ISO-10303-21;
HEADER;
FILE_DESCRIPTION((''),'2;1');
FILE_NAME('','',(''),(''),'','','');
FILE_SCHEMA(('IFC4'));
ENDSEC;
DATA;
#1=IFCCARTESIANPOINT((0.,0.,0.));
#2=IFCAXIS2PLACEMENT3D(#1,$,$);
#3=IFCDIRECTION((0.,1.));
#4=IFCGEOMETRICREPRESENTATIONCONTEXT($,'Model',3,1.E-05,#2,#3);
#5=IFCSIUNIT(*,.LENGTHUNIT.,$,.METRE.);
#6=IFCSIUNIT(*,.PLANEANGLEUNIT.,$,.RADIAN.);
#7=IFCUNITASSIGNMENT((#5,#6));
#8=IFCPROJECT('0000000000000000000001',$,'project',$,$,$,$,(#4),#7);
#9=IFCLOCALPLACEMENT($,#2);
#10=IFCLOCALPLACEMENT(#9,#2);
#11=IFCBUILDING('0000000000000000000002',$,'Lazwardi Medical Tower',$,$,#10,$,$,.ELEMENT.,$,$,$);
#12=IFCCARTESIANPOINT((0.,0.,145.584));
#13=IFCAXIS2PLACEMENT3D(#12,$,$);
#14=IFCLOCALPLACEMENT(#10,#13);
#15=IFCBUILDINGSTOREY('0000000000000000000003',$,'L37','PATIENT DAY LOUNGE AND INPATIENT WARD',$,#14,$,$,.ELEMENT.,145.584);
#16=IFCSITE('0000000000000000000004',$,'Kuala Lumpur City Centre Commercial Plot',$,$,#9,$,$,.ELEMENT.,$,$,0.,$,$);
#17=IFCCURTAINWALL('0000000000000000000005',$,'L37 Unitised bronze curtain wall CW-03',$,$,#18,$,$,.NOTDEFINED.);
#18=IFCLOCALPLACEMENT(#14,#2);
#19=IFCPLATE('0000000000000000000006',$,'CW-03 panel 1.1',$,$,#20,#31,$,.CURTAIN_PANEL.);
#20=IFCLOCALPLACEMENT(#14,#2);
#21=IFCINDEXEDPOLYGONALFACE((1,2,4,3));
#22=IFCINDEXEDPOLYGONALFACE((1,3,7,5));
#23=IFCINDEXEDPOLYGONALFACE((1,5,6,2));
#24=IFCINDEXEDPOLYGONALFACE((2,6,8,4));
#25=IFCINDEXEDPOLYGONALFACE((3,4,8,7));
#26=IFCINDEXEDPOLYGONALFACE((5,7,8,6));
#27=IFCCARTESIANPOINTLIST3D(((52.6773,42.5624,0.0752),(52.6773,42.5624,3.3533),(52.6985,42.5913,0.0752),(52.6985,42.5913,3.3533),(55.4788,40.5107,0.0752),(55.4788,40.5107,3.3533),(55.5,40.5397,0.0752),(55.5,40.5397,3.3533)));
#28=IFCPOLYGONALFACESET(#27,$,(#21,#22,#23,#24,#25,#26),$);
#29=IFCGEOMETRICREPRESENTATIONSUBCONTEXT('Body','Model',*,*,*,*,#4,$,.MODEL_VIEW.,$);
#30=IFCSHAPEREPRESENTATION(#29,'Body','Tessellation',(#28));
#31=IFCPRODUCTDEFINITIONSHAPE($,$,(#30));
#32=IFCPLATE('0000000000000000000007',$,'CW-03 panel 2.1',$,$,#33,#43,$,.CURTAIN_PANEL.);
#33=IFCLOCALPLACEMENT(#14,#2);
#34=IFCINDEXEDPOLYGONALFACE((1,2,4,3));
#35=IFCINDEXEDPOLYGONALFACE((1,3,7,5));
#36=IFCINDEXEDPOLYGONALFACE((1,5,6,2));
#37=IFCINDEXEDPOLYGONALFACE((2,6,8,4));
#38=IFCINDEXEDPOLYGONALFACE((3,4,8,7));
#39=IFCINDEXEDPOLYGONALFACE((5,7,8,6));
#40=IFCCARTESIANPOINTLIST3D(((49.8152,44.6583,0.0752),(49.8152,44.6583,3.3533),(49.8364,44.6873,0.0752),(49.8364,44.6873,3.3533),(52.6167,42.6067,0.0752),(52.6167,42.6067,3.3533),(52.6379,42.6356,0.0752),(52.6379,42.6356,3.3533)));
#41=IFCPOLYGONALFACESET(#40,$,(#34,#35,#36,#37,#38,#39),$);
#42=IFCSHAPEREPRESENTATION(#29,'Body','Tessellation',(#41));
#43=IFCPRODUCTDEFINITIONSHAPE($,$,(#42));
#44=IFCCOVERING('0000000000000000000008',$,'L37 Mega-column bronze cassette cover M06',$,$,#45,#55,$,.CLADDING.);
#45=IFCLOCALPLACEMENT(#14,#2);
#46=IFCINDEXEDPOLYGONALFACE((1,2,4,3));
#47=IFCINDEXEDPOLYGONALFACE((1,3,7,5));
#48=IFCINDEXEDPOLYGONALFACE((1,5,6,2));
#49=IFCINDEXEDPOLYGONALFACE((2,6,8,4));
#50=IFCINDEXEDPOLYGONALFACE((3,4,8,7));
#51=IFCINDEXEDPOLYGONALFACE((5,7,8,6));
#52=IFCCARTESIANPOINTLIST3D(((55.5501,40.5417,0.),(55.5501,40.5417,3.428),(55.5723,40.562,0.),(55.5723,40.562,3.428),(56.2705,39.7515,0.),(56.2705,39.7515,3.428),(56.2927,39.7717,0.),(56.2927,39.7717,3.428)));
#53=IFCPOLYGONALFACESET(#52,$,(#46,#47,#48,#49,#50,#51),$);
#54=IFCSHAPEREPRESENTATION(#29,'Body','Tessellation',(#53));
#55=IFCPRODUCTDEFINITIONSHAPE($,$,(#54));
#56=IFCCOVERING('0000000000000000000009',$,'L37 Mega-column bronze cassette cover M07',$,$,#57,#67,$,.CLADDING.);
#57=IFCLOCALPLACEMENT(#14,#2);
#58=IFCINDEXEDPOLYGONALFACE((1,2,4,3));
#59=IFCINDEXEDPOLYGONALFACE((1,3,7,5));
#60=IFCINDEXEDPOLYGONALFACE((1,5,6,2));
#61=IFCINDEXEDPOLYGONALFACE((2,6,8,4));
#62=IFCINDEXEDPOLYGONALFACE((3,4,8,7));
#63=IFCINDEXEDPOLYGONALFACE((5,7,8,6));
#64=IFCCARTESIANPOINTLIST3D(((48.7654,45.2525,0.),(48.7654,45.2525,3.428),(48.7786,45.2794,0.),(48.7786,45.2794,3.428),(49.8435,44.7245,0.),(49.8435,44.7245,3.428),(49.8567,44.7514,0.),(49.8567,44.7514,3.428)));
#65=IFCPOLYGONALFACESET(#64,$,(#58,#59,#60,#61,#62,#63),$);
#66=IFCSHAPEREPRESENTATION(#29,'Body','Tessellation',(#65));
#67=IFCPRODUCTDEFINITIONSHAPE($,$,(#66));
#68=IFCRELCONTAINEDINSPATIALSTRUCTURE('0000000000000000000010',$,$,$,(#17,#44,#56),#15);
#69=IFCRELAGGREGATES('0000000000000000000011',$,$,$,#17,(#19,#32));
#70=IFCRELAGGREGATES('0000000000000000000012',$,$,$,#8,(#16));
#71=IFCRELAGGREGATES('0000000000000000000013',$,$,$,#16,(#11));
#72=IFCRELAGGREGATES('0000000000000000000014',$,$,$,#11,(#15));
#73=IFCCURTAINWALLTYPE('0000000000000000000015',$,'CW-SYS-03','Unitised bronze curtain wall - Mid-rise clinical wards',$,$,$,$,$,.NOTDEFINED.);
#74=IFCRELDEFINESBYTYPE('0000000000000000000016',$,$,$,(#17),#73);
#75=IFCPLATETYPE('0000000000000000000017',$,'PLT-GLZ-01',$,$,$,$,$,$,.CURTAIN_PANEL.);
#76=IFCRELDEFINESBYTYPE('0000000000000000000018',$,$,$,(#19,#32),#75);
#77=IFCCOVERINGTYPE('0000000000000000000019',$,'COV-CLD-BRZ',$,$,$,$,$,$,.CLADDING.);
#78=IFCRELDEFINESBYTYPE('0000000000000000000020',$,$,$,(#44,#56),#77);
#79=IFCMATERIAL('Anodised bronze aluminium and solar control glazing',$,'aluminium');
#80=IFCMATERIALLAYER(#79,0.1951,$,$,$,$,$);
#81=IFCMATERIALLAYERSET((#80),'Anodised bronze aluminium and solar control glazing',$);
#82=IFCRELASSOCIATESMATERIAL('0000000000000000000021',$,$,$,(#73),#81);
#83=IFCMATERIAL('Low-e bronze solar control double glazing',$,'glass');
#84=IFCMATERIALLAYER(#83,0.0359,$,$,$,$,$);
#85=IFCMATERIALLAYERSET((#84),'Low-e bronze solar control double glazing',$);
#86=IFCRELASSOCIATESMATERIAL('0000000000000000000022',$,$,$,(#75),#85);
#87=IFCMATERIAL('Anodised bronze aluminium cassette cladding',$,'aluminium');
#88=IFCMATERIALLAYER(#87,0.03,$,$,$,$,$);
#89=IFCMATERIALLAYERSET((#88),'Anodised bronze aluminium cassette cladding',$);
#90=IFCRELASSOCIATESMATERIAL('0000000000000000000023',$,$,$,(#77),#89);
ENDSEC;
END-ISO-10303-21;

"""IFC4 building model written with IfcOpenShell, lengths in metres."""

from ifc_helpers import new_model, si_unit, direction, frame, origin, origin_2d, place, context, subcontext, project, spatial, rectangle, extrude, material, layer, layer_set, type_object, element, aggregate, save


model = new_model("IFC4")

# Units and contexts
model_context = context("Model", 3, precision=1e-05, world=origin(), true_north=direction((0.0, 1.0)))
body_context = subcontext(model_context, "Body", "Model", "MODEL_VIEW")
ifc_project = project(units=[si_unit("LENGTHUNIT", "METRE"), si_unit("PLANEANGLEUNIT", "RADIAN")], contexts=[model_context])

# Site, building, storey
site_placement = place(None, origin())
site = spatial("IfcSite", under=ifc_project, at=site_placement, Name="Kuala Lumpur City Centre Commercial Plot", CompositionType="ELEMENT", RefElevation=0.0)
building_placement = place(site_placement, origin())
building = spatial("IfcBuilding", under=site, at=building_placement, Name="Lazwardi Medical Tower", CompositionType="ELEMENT")
storey_placement = place(building_placement, frame((0.0, 0.0, 145.584)))
storey = spatial("IfcBuildingStorey", under=building, at=storey_placement, Name="L37", Description="PATIENT DAY LOUNGE AND INPATIENT WARD", CompositionType="ELEMENT", Elevation=145.584)

# Shared definitions
ifc_material_1 = material(Name="Anodised bronze aluminium and solar control glazing", Category="aluminium")
ifc_layer_1 = layer(ifc_material_1, 0.1951)
ifc_layer_set_1 = layer_set([ifc_layer_1], Name="Anodised bronze aluminium and solar control glazing")
curtain_wall_type = type_object("IfcCurtainWallType", Name="CW-SYS-03", Description="Unitised bronze curtain wall - Mid-rise clinical wards", PredefinedType="NOTDEFINED", material=ifc_layer_set_1)

# Curtain wall
curtain_wall_1_placement = place(storey_placement, origin())
curtain_wall_1 = element("IfcCurtainWall", 1, at=curtain_wall_1_placement, inside=storey, type_object=curtain_wall_type, Name="L37 Unitised bronze curtain wall CW-03", PredefinedType="NOTDEFINED")

# Plates
ifc_material_2 = material(Name="Low-e bronze solar control double glazing", Category="glass")
ifc_layer_2 = layer(ifc_material_2, 0.0359)
ifc_layer_set_2 = layer_set([ifc_layer_2], Name="Low-e bronze solar control double glazing")
plate_type = type_object("IfcPlateType", Name="PLT-GLZ-01", PredefinedType="CURTAIN_PANEL", material=ifc_layer_set_2)
plate_1_placement = place(storey_placement, frame((54.0886, 41.551, 0.0752), z_axis=(0.0, 0.0, 1.0), x_axis=(-0.806793, 0.590834, 0.0)))
plate_1 = element("IfcPlate", 2, at=plate_1_placement, type_object=plate_type, Name="CW-03 panel 1.1", PredefinedType="CURTAIN_PANEL", context=body_context, shape_type="SweptSolid", body=[
    extrude(rectangle(XDim=3.4724, YDim=0.0359, at=origin_2d()), origin(), (0.0, 0.0, 1.0), 3.2781),
])
plate_2_placement = place(storey_placement, frame((51.2266, 43.647, 0.0752), z_axis=(0.0, 0.0, 1.0), x_axis=(-0.806793, 0.590834, 0.0)))
plate_2 = element("IfcPlate", 3, at=plate_2_placement, type_object=plate_type, Name="CW-03 panel 2.1", PredefinedType="CURTAIN_PANEL", context=body_context, shape_type="SweptSolid", body=[
    extrude(rectangle(XDim=3.4724, YDim=0.0359, at=origin_2d()), origin(), (0.0, 0.0, 1.0), 3.2781),
])
aggregate(curtain_wall_1, [plate_1, plate_2])

# Coverings
ifc_material_3 = material(Name="Anodised bronze aluminium cassette cladding", Category="aluminium")
ifc_layer_3 = layer(ifc_material_3, 0.03)
ifc_layer_set_3 = layer_set([ifc_layer_3], Name="Anodised bronze aluminium cassette cladding")
covering_type = type_object("IfcCoveringType", Name="COV-CLD-BRZ", PredefinedType="CLADDING", material=ifc_layer_set_3)
covering_1_placement = place(storey_placement, frame((55.9214, 40.1567, 0.0), z_axis=(0.0, 0.0, 1.0), x_axis=(-0.673714, 0.738992, 0.0)))
element("IfcCovering", 4, at=covering_1_placement, inside=storey, type_object=covering_type, Name="L37 Mega-column bronze cassette cover M06", PredefinedType="CLADDING", context=body_context, shape_type="SweptSolid", body=[
    extrude(rectangle(XDim=1.0693, YDim=0.03, at=origin_2d()), origin(), (0.0, 0.0, 1.0), 3.428),
])
covering_2_placement = place(storey_placement, frame((49.311, 45.002, 0.0), z_axis=(0.0, 0.0, 1.0), x_axis=(-0.898079, 0.439834, 0.0)))
element("IfcCovering", 5, at=covering_2_placement, inside=storey, type_object=covering_type, Name="L37 Mega-column bronze cassette cover M07", PredefinedType="CLADDING", context=body_context, shape_type="SweptSolid", body=[
    extrude(rectangle(XDim=1.2004, YDim=0.03, at=origin_2d()), origin(), (0.0, 0.0, 1.0), 3.428),
])

save(model, "model.ifc")
